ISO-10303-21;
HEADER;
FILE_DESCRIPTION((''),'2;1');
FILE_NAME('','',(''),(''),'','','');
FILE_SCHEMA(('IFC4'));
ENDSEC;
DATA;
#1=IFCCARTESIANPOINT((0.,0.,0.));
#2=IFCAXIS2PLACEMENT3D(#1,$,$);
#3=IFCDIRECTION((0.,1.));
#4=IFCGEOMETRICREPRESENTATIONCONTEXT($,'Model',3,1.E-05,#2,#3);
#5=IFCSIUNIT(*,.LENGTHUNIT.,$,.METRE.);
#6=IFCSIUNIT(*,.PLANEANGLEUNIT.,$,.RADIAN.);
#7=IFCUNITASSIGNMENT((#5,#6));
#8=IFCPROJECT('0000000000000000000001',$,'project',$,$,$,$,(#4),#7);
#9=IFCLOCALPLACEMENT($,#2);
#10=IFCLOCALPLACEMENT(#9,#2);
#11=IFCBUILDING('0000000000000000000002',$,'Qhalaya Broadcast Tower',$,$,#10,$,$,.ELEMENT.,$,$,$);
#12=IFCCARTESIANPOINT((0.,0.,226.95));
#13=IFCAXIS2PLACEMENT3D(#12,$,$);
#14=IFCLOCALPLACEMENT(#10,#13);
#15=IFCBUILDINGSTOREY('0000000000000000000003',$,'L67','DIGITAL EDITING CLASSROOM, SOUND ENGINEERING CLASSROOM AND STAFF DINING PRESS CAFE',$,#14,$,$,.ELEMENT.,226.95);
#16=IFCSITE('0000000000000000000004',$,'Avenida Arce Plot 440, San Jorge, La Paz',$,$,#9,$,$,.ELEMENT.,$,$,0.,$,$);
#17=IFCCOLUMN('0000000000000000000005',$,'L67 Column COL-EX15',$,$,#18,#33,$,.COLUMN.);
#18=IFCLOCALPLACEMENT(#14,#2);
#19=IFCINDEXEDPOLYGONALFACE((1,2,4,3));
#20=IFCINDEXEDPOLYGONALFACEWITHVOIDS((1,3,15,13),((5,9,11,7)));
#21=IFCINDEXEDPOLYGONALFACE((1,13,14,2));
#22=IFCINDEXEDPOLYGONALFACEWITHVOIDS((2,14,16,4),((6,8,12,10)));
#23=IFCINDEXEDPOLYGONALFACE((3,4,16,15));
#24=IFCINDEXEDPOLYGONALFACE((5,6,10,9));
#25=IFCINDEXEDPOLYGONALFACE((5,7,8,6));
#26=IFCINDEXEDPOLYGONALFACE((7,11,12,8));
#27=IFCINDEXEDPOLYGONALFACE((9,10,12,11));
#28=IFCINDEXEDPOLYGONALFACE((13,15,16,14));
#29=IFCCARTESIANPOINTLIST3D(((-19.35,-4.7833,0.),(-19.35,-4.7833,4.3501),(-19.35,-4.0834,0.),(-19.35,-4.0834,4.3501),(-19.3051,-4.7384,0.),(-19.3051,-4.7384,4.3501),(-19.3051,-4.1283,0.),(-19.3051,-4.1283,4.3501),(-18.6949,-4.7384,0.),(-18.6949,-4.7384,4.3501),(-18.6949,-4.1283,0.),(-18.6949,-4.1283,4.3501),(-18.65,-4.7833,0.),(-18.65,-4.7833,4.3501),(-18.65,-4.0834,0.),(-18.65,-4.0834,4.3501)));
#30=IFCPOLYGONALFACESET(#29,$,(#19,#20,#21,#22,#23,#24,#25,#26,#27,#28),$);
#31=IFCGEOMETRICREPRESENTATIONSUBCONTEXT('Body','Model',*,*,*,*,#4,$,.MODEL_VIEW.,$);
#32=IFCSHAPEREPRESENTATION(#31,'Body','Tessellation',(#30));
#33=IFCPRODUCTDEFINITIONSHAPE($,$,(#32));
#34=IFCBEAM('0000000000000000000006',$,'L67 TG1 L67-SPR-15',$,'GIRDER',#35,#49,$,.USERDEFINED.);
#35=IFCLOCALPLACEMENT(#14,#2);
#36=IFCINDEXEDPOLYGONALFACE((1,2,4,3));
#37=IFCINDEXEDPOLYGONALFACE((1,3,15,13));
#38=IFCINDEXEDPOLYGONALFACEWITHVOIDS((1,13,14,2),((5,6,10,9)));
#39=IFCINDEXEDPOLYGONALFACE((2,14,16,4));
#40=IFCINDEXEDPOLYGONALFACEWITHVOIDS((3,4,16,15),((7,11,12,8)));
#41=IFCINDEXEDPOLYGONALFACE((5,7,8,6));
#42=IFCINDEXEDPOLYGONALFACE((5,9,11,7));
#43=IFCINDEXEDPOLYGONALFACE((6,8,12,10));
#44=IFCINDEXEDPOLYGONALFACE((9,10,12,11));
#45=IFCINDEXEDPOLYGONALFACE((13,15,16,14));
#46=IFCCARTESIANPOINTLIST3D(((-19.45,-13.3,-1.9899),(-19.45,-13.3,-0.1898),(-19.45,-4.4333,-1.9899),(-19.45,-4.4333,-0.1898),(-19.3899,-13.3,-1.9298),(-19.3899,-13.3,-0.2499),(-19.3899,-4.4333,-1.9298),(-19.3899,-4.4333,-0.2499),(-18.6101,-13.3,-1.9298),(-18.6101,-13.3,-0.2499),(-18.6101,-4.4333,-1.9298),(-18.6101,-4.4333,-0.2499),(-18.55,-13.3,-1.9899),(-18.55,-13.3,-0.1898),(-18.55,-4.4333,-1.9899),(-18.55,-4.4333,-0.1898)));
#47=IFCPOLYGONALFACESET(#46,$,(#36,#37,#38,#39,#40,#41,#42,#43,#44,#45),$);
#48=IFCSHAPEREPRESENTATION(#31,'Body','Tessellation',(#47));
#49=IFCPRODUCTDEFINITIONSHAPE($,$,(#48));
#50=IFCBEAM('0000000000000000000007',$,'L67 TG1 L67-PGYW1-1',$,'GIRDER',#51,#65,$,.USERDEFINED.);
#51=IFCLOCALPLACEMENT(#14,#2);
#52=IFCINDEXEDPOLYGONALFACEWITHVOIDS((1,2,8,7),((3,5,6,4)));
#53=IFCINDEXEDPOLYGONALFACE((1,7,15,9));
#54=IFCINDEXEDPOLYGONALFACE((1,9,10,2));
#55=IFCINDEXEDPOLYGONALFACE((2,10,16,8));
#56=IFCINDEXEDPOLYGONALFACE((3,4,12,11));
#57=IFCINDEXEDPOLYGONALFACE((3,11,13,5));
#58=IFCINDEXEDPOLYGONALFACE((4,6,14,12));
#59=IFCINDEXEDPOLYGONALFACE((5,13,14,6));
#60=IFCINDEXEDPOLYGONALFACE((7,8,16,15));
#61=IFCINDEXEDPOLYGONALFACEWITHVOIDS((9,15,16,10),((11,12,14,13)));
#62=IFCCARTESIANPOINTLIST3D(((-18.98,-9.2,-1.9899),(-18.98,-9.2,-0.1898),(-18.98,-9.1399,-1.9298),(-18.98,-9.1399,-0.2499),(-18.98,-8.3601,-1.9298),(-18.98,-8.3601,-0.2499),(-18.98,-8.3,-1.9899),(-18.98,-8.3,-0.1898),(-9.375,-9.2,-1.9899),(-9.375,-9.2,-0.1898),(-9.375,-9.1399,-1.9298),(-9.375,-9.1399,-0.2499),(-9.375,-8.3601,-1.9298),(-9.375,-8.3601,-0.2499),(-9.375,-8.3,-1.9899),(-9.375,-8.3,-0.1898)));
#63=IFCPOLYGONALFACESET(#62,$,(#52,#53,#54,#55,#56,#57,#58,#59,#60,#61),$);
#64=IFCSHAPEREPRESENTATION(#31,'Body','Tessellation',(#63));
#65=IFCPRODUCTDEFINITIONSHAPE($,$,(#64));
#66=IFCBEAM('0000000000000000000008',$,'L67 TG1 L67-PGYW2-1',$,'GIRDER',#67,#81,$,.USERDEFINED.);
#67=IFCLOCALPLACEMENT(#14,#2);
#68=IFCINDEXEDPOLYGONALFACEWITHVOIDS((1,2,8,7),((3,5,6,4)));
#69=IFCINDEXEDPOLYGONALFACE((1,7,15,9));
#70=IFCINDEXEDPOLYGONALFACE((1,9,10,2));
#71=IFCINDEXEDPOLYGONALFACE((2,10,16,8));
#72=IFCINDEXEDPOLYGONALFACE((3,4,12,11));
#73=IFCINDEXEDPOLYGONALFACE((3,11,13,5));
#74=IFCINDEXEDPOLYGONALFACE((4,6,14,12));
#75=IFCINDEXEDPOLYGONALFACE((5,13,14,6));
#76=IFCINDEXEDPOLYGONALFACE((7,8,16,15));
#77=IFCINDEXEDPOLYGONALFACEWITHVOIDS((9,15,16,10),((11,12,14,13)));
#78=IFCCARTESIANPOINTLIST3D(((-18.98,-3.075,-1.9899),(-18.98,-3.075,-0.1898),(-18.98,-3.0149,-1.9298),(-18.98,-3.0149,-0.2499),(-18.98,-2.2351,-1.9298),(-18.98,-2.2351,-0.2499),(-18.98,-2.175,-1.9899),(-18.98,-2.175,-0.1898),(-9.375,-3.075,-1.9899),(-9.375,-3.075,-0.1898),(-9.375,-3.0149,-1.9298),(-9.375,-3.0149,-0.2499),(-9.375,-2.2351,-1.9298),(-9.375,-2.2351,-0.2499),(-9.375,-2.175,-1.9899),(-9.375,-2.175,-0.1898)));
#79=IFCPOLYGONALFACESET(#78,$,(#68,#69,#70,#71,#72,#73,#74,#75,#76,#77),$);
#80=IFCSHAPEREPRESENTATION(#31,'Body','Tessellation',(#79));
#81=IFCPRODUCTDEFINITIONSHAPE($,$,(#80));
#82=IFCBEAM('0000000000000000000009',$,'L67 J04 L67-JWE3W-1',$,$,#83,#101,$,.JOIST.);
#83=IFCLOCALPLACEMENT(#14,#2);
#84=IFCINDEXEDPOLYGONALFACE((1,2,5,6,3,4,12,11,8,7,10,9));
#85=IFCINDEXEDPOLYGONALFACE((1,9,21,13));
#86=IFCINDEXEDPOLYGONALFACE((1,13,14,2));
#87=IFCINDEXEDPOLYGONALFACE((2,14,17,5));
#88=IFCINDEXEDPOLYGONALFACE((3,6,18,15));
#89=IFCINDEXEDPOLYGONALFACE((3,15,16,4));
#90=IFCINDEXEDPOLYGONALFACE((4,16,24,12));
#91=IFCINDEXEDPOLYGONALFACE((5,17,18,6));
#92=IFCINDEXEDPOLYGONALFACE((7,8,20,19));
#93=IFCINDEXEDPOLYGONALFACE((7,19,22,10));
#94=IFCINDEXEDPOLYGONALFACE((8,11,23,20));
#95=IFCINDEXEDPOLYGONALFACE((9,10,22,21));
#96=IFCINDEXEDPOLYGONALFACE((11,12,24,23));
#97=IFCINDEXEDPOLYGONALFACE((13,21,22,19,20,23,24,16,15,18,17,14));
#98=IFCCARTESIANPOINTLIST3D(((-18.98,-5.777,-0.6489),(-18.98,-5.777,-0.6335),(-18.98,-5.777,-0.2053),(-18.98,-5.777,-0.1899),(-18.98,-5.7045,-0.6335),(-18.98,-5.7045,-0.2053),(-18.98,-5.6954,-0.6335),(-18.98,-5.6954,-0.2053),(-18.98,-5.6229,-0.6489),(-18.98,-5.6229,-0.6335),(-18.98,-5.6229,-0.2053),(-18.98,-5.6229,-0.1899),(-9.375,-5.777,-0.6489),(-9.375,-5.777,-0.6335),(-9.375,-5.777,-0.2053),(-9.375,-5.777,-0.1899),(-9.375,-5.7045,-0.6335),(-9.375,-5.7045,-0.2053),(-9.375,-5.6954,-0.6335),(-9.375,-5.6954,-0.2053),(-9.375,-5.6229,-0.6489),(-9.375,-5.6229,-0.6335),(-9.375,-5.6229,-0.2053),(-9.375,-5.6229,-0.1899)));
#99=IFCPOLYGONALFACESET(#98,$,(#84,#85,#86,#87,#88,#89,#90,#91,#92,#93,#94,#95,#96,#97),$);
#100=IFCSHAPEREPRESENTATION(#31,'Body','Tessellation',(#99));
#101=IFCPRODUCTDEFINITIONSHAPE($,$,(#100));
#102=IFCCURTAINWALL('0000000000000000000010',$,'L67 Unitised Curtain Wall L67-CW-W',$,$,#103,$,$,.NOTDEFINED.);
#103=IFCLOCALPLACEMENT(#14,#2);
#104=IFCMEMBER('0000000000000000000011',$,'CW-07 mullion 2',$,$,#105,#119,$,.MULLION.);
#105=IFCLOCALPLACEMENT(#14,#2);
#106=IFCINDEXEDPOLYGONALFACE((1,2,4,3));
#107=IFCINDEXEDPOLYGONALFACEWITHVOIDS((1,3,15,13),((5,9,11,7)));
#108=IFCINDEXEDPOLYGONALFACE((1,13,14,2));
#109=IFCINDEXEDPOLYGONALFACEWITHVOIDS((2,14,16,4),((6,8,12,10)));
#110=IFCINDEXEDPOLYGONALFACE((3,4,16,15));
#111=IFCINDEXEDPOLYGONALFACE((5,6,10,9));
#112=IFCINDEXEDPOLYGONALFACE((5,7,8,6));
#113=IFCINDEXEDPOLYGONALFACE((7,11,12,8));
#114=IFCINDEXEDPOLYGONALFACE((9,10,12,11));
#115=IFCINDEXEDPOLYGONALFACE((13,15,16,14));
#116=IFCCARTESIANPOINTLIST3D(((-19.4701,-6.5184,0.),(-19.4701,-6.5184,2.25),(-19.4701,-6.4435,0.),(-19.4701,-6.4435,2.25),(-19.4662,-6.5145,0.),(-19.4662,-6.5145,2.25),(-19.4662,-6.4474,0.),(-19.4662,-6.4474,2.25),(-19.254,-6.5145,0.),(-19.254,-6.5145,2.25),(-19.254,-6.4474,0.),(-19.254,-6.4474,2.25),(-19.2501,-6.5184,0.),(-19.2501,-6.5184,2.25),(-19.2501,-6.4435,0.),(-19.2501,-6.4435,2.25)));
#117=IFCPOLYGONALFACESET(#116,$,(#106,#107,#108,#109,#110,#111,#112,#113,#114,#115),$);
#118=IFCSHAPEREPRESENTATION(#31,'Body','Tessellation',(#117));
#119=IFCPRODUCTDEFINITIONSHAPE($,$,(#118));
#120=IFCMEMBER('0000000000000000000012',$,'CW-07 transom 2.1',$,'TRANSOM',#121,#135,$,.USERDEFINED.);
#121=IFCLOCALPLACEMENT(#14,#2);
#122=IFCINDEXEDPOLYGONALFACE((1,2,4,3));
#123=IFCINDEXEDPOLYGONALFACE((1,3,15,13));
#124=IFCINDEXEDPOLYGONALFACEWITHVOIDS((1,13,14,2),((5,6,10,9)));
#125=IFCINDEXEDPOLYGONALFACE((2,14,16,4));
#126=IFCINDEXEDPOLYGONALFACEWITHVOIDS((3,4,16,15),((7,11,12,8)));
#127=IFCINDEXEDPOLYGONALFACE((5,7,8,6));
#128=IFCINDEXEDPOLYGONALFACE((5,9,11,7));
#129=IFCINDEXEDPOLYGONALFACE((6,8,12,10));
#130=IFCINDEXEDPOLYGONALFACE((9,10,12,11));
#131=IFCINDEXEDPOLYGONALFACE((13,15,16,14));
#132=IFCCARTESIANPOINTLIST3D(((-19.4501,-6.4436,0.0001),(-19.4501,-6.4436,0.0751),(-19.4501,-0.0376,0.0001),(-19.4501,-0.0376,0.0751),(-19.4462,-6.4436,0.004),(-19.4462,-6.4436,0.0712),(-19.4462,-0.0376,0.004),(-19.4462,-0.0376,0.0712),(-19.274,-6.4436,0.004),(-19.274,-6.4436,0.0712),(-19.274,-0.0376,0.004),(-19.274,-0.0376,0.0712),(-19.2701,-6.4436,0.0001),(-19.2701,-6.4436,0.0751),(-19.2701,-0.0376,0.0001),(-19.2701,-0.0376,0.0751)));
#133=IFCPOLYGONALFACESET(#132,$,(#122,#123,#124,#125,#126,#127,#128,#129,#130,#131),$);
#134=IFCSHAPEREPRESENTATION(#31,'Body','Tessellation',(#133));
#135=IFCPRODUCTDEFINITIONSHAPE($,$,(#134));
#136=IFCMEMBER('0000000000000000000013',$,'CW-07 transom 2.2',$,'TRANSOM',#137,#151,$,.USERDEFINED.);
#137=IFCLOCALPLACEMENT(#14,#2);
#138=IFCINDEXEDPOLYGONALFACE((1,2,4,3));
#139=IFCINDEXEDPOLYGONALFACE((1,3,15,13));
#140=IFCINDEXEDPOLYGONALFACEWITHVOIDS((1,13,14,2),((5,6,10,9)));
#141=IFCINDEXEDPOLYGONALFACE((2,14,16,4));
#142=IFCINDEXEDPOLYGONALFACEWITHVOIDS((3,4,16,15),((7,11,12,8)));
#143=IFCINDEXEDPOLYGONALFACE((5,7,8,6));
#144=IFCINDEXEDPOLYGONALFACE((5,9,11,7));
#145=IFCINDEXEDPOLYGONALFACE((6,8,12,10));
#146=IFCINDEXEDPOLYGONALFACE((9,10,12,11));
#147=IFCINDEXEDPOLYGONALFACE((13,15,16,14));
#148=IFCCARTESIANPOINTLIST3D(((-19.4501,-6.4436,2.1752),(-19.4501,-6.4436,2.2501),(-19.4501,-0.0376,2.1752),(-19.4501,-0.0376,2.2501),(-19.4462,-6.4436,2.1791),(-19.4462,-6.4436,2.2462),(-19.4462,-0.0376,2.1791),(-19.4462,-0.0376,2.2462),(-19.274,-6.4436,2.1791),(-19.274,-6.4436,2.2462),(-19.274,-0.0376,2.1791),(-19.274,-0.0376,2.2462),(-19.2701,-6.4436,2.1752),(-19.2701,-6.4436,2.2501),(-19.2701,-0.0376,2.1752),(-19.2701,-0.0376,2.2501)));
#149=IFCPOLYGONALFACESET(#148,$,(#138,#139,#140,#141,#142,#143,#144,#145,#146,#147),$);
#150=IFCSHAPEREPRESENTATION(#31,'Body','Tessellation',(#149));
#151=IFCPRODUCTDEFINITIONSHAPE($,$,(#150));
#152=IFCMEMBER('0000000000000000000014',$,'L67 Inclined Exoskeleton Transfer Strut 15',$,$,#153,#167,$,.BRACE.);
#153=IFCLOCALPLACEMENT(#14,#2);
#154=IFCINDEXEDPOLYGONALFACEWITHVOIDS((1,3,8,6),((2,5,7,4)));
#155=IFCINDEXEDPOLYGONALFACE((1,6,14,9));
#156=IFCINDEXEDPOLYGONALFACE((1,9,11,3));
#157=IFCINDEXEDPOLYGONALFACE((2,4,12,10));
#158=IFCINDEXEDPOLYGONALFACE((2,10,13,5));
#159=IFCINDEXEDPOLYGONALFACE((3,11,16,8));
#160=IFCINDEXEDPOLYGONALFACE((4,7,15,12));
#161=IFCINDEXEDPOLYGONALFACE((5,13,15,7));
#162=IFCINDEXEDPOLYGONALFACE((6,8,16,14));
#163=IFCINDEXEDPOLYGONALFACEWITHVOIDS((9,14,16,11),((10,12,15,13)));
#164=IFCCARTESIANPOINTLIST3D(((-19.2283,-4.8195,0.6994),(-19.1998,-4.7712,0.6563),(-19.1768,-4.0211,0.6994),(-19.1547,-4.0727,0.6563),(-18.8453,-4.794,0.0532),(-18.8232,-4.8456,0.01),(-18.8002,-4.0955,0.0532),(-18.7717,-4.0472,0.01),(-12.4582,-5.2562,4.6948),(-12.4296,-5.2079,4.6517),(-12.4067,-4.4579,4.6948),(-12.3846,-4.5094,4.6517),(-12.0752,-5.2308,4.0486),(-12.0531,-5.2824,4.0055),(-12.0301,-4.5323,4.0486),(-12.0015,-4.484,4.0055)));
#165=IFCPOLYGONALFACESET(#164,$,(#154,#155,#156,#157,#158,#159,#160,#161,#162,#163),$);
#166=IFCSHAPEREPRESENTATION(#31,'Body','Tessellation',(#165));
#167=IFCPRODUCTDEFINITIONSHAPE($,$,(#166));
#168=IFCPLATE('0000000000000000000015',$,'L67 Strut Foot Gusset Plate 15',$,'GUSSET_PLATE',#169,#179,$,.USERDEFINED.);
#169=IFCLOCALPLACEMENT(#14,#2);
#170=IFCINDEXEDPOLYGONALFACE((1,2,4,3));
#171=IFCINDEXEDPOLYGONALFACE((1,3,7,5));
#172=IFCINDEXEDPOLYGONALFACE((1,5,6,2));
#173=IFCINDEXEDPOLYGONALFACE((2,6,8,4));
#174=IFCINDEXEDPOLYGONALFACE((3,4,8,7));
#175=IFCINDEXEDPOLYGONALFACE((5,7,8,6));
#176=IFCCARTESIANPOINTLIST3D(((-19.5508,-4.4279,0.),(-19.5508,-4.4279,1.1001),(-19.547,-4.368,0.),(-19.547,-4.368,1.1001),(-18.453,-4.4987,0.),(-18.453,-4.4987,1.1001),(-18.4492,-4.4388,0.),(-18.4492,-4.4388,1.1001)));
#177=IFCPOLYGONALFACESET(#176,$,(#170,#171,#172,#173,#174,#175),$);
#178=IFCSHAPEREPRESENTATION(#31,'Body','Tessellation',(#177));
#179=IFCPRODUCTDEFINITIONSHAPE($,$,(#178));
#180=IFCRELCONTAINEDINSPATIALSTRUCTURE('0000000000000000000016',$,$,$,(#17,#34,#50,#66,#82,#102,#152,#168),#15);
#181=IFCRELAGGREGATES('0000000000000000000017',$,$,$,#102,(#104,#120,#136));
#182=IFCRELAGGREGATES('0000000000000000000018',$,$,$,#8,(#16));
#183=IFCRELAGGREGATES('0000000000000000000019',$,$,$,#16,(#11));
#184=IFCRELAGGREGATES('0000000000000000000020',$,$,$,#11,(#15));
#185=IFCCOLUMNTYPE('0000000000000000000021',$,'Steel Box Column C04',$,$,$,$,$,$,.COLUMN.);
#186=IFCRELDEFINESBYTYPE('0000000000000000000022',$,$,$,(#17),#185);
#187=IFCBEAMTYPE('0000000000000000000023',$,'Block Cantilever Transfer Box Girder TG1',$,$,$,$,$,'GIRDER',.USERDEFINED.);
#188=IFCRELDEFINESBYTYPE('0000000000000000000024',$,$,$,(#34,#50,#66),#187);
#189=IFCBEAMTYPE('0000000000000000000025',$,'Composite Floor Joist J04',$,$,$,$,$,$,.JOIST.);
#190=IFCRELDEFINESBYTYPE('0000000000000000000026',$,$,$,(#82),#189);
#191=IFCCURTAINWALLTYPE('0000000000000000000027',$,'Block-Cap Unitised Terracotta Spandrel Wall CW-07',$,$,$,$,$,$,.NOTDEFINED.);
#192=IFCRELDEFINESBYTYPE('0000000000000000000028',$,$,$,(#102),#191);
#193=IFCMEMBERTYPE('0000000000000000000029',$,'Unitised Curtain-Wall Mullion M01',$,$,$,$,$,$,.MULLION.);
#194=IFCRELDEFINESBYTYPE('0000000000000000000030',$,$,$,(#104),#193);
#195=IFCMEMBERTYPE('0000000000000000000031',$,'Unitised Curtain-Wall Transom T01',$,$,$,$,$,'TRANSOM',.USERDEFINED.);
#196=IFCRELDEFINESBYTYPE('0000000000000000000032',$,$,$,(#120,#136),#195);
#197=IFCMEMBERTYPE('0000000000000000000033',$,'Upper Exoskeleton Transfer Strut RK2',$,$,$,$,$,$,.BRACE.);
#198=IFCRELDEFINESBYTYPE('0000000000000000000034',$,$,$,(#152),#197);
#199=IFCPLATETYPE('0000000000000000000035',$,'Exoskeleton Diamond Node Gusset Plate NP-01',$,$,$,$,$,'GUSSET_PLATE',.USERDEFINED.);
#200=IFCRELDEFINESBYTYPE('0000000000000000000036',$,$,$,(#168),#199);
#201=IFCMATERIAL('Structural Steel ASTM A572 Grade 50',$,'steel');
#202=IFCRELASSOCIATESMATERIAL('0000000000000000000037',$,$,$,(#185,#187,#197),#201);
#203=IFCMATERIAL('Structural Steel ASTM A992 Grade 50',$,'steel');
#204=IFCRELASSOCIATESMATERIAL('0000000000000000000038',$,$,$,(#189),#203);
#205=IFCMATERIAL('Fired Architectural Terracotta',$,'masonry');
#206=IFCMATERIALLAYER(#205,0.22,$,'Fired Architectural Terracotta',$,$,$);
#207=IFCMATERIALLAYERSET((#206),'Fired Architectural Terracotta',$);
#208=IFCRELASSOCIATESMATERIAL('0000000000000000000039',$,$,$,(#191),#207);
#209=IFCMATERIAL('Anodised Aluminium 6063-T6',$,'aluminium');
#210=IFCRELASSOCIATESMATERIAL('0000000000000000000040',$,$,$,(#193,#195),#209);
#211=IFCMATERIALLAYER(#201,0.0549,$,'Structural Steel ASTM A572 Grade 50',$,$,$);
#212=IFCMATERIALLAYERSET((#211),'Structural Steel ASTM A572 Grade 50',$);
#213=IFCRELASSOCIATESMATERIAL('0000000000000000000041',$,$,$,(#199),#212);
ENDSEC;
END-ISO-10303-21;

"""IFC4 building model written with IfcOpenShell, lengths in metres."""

from ifc_helpers import new_model, si_unit, direction, frame, origin, origin_2d, place, context, subcontext, project, spatial, rectangle, hollow_rectangle, i_section, extrude, material, layer, layer_set, material_profile, profile_set, type_object, element, aggregate, save


model = new_model("IFC4")

# Units and contexts
model_context = context("Model", 3, precision=1e-05, world=origin(), true_north=direction((0.0, 1.0)))
body_context = subcontext(model_context, "Body", "Model", "MODEL_VIEW")
ifc_project = project(units=[si_unit("LENGTHUNIT", "METRE"), si_unit("PLANEANGLEUNIT", "RADIAN")], contexts=[model_context])

# Site, building, storey
site_placement = place(None, origin())
site = spatial("IfcSite", under=ifc_project, at=site_placement, Name="Avenida Arce Plot 440, San Jorge, La Paz", CompositionType="ELEMENT", RefElevation=0.0)
building_placement = place(site_placement, origin())
building = spatial("IfcBuilding", under=site, at=building_placement, Name="Qhalaya Broadcast Tower", CompositionType="ELEMENT")
storey_placement = place(building_placement, frame((0.0, 0.0, 226.95)))
storey = spatial("IfcBuildingStorey", under=building, at=storey_placement, Name="L67", Description="DIGITAL EDITING CLASSROOM, SOUND ENGINEERING CLASSROOM AND STAFF DINING PRESS CAFE", CompositionType="ELEMENT", Elevation=226.95)

# Column
ifc_material_1 = material(Name="Structural Steel ASTM A572 Grade 50", Category="steel")
ifc_material_profile_1 = material_profile(ifc_material_1, hollow_rectangle(XDim=0.7, YDim=0.7, WallThickness=0.0449, at=origin_2d()), Name="BOX 700x700x45")
ifc_profile_set_1 = profile_set([ifc_material_profile_1], Name="Structural Steel ASTM A572 Grade 50")
column_type = type_object("IfcColumnType", Name="Steel Box Column C04", PredefinedType="COLUMN", material=ifc_profile_set_1)
column_placement = place(storey_placement, frame((-19.0, -4.4333, 0.0), z_axis=(0.0, 0.0, 1.0), x_axis=(0.0, 1.0, 0.0)))
element("IfcColumn", 1, at=column_placement, inside=storey, type_object=column_type, Name="L67 Column COL-EX15", PredefinedType="COLUMN", context=body_context, shape_type="SweptSolid", body=[
    extrude(hollow_rectangle(XDim=0.7, YDim=0.7, WallThickness=0.0449, at=origin_2d()), origin(), (0.0, 0.0, 1.0), 4.3501),
])

# Beams
ifc_material_profile_2 = material_profile(ifc_material_1, hollow_rectangle(XDim=0.8999, YDim=1.8, WallThickness=0.0601, at=origin_2d()), Name="BOX 900x1800x60")
ifc_profile_set_2 = profile_set([ifc_material_profile_2], Name="Structural Steel ASTM A572 Grade 50")
beam_type_1 = type_object("IfcBeamType", Name="Block Cantilever Transfer Box Girder TG1", ElementType="GIRDER", PredefinedType="USERDEFINED", material=ifc_profile_set_2)
beam_1_placement = place(storey_placement, frame((-19.0, -4.4333, -1.0898), z_axis=(0.0, -1.0, 0.0), x_axis=(1.0, 0.0, 0.0)))
element("IfcBeam", 2, at=beam_1_placement, inside=storey, type_object=beam_type_1, Name="L67 TG1 L67-SPR-15", ObjectType="GIRDER", PredefinedType="USERDEFINED", context=body_context, shape_type="SweptSolid", body=[
    extrude(hollow_rectangle(XDim=0.8999, YDim=1.8, WallThickness=0.0601, at=origin_2d()), origin(), (0.0, 0.0, 1.0), 8.8667),
])
for number, where, z_axis, x_axis, name in (
    (3, (-18.98, -8.75, -1.0898), (1.0, 0.0, 0.0), (0.0, 1.0, 0.0), "L67 TG1 L67-PGYW1-1"),
    (4, (-18.98, -2.625, -1.0898), (1.0, 0.0, 0.0), (0.0, 1.0, 0.0), "L67 TG1 L67-PGYW2-1"),
):
    element("IfcBeam", number, at=place(storey_placement, frame(where, z_axis=z_axis, x_axis=x_axis)), inside=storey, type_object=beam_type_1, Name=name, ObjectType="GIRDER", PredefinedType="USERDEFINED", context=body_context, shape_type="SweptSolid", body=[
        extrude(hollow_rectangle(XDim=0.8999, YDim=1.8, WallThickness=0.0601, at=origin_2d()), origin(), (0.0, 0.0, 1.0), 9.605),
    ])
ifc_material_2 = material(Name="Structural Steel ASTM A992 Grade 50", Category="steel")
ifc_material_profile_3 = material_profile(ifc_material_2, i_section(OverallWidth=0.1541, OverallDepth=0.459, WebThickness=0.009, FlangeThickness=0.0154, at=origin_2d()), Name="W18X46")
ifc_profile_set_3 = profile_set([ifc_material_profile_3], Name="Structural Steel ASTM A992 Grade 50")
beam_type_2 = type_object("IfcBeamType", Name="Composite Floor Joist J04", PredefinedType="JOIST", material=ifc_profile_set_3)
beam_2_placement = place(storey_placement, frame((-18.98, -5.7, -0.4194), z_axis=(1.0, 0.0, 0.0), x_axis=(0.0, 1.0, 0.0)))
element("IfcBeam", 5, at=beam_2_placement, inside=storey, type_object=beam_type_2, Name="L67 J04 L67-JWE3W-1", PredefinedType="JOIST", context=body_context, shape_type="SweptSolid", body=[
    extrude(i_section(OverallWidth=0.1541, OverallDepth=0.459, WebThickness=0.009, FlangeThickness=0.0154, at=origin_2d()), origin(), (0.0, 0.0, 1.0), 9.605),
])

# Curtain wall, members
ifc_material_3 = material(Name="Fired Architectural Terracotta", Category="masonry")
ifc_layer_1 = layer(ifc_material_3, 0.22, Name="Fired Architectural Terracotta")
ifc_layer_set_1 = layer_set([ifc_layer_1], Name="Fired Architectural Terracotta")
curtain_wall_type = type_object("IfcCurtainWallType", Name="Block-Cap Unitised Terracotta Spandrel Wall CW-07", PredefinedType="NOTDEFINED", material=ifc_layer_set_1)
curtain_wall_placement = place(storey_placement, origin())
curtain_wall = element("IfcCurtainWall", 6, at=curtain_wall_placement, inside=storey, type_object=curtain_wall_type, Name="L67 Unitised Curtain Wall L67-CW-W", PredefinedType="NOTDEFINED")
ifc_material_4 = material(Name="Anodised Aluminium 6063-T6", Category="aluminium")
ifc_material_profile_4 = material_profile(ifc_material_4, hollow_rectangle(XDim=0.075, YDim=0.22, WallThickness=0.0039, at=origin_2d()), Name="ALU-MUL 75x220x4")
ifc_profile_set_4 = profile_set([ifc_material_profile_4], Name="Anodised Aluminium 6063-T6")
member_type_1 = type_object("IfcMemberType", Name="Unitised Curtain-Wall Mullion M01", PredefinedType="MULLION", material=ifc_profile_set_4)
member_1_placement = place(storey_placement, frame((-19.3601, -6.481, 0.0), z_axis=(0.0, 0.0, 1.0), x_axis=(0.0, 1.0, 0.0)))
member_1 = element("IfcMember", 7, at=member_1_placement, type_object=member_type_1, Name="CW-07 mullion 2", PredefinedType="MULLION", context=body_context, shape_type="SweptSolid", body=[
    extrude(hollow_rectangle(XDim=0.075, YDim=0.22, WallThickness=0.0039, at=origin_2d()), origin(), (0.0, 0.0, 1.0), 2.25),
])
ifc_material_profile_5 = material_profile(ifc_material_4, hollow_rectangle(XDim=0.075, YDim=0.1799, WallThickness=0.0039, at=origin_2d()), Name="ALU-TRN 75x180x4")
ifc_profile_set_5 = profile_set([ifc_material_profile_5], Name="Anodised Aluminium 6063-T6")
member_type_2 = type_object("IfcMemberType", Name="Unitised Curtain-Wall Transom T01", ElementType="TRANSOM", PredefinedType="USERDEFINED", material=ifc_profile_set_5)
member_2_placement = place(storey_placement, frame((-19.3601, -6.4436, 0.0376), z_axis=(0.0, 1.0, 0.0), x_axis=(0.0, 0.0, 1.0)))
member_2 = element("IfcMember", 8, at=member_2_placement, type_object=member_type_2, Name="CW-07 transom 2.1", ObjectType="TRANSOM", PredefinedType="USERDEFINED", context=body_context, shape_type="SweptSolid", body=[
    extrude(hollow_rectangle(XDim=0.075, YDim=0.1799, WallThickness=0.0039, at=origin_2d()), origin(), (0.0, 0.0, 1.0), 6.406),
])
member_3_placement = place(storey_placement, frame((-19.3601, -6.4436, 2.2126), z_axis=(0.0, 1.0, 0.0), x_axis=(0.0, 0.0, 1.0)))
member_3 = element("IfcMember", 9, at=member_3_placement, type_object=member_type_2, Name="CW-07 transom 2.2", ObjectType="TRANSOM", PredefinedType="USERDEFINED", context=body_context, shape_type="SweptSolid", body=[
    extrude(hollow_rectangle(XDim=0.075, YDim=0.1799, WallThickness=0.0039, at=origin_2d()), origin(), (0.0, 0.0, 1.0), 6.406),
])

# Member
ifc_material_profile_6 = material_profile(ifc_material_1, hollow_rectangle(XDim=0.8, YDim=0.8, WallThickness=0.05, at=origin_2d()), Name="BOX 800x800x50")
ifc_profile_set_6 = profile_set([ifc_material_profile_6], Name="Structural Steel ASTM A572 Grade 50")
member_type_3 = type_object("IfcMemberType", Name="Upper Exoskeleton Transfer Strut RK2", PredefinedType="BRACE", material=ifc_profile_set_6)
member_4_placement = place(storey_placement, frame((-19.0, -4.4333, 0.3547), z_axis=(0.859885, -0.055475, 0.507465), x_axis=(0.064381, 0.997925, 0.0)))
element("IfcMember", 10, at=member_4_placement, inside=storey, type_object=member_type_3, Name="L67 Inclined Exoskeleton Transfer Strut 15", PredefinedType="BRACE", context=body_context, shape_type="SweptSolid", body=[
    extrude(hollow_rectangle(XDim=0.8, YDim=0.8, WallThickness=0.05, at=origin_2d()), origin(), (0.0, 0.0, 1.0), 7.8733),
])

# Plate
ifc_layer_2 = layer(ifc_material_1, 0.0549, Name="Structural Steel ASTM A572 Grade 50")
ifc_layer_set_2 = layer_set([ifc_layer_2], Name="Structural Steel ASTM A572 Grade 50")
plate_type_1 = type_object("IfcPlateType", Name="Exoskeleton Diamond Node Gusset Plate NP-01", ElementType="GUSSET_PLATE", PredefinedType="USERDEFINED", material=ifc_layer_set_2)
for number, where, z_axis, x_axis, name in (
    (11, (-19.0, -4.4333, 0.0), (0.0, 0.0, 1.0), (0.997926, -0.064376, 0.0), "L67 Strut Foot Gusset Plate 15"),
):
    element("IfcPlate", number, at=place(storey_placement, frame(where, z_axis=z_axis, x_axis=x_axis)), inside=storey, type_object=plate_type_1, Name=name, ObjectType="GUSSET_PLATE", PredefinedType="USERDEFINED", context=body_context, shape_type="SweptSolid", body=[
        extrude(rectangle(XDim=1.1001, YDim=0.0601, at=origin_2d()), origin(), (0.0, 0.0, 1.0), 1.1001),
    ])

aggregate(curtain_wall, [member_1, member_2, member_3])

save(model, "model.ifc")
